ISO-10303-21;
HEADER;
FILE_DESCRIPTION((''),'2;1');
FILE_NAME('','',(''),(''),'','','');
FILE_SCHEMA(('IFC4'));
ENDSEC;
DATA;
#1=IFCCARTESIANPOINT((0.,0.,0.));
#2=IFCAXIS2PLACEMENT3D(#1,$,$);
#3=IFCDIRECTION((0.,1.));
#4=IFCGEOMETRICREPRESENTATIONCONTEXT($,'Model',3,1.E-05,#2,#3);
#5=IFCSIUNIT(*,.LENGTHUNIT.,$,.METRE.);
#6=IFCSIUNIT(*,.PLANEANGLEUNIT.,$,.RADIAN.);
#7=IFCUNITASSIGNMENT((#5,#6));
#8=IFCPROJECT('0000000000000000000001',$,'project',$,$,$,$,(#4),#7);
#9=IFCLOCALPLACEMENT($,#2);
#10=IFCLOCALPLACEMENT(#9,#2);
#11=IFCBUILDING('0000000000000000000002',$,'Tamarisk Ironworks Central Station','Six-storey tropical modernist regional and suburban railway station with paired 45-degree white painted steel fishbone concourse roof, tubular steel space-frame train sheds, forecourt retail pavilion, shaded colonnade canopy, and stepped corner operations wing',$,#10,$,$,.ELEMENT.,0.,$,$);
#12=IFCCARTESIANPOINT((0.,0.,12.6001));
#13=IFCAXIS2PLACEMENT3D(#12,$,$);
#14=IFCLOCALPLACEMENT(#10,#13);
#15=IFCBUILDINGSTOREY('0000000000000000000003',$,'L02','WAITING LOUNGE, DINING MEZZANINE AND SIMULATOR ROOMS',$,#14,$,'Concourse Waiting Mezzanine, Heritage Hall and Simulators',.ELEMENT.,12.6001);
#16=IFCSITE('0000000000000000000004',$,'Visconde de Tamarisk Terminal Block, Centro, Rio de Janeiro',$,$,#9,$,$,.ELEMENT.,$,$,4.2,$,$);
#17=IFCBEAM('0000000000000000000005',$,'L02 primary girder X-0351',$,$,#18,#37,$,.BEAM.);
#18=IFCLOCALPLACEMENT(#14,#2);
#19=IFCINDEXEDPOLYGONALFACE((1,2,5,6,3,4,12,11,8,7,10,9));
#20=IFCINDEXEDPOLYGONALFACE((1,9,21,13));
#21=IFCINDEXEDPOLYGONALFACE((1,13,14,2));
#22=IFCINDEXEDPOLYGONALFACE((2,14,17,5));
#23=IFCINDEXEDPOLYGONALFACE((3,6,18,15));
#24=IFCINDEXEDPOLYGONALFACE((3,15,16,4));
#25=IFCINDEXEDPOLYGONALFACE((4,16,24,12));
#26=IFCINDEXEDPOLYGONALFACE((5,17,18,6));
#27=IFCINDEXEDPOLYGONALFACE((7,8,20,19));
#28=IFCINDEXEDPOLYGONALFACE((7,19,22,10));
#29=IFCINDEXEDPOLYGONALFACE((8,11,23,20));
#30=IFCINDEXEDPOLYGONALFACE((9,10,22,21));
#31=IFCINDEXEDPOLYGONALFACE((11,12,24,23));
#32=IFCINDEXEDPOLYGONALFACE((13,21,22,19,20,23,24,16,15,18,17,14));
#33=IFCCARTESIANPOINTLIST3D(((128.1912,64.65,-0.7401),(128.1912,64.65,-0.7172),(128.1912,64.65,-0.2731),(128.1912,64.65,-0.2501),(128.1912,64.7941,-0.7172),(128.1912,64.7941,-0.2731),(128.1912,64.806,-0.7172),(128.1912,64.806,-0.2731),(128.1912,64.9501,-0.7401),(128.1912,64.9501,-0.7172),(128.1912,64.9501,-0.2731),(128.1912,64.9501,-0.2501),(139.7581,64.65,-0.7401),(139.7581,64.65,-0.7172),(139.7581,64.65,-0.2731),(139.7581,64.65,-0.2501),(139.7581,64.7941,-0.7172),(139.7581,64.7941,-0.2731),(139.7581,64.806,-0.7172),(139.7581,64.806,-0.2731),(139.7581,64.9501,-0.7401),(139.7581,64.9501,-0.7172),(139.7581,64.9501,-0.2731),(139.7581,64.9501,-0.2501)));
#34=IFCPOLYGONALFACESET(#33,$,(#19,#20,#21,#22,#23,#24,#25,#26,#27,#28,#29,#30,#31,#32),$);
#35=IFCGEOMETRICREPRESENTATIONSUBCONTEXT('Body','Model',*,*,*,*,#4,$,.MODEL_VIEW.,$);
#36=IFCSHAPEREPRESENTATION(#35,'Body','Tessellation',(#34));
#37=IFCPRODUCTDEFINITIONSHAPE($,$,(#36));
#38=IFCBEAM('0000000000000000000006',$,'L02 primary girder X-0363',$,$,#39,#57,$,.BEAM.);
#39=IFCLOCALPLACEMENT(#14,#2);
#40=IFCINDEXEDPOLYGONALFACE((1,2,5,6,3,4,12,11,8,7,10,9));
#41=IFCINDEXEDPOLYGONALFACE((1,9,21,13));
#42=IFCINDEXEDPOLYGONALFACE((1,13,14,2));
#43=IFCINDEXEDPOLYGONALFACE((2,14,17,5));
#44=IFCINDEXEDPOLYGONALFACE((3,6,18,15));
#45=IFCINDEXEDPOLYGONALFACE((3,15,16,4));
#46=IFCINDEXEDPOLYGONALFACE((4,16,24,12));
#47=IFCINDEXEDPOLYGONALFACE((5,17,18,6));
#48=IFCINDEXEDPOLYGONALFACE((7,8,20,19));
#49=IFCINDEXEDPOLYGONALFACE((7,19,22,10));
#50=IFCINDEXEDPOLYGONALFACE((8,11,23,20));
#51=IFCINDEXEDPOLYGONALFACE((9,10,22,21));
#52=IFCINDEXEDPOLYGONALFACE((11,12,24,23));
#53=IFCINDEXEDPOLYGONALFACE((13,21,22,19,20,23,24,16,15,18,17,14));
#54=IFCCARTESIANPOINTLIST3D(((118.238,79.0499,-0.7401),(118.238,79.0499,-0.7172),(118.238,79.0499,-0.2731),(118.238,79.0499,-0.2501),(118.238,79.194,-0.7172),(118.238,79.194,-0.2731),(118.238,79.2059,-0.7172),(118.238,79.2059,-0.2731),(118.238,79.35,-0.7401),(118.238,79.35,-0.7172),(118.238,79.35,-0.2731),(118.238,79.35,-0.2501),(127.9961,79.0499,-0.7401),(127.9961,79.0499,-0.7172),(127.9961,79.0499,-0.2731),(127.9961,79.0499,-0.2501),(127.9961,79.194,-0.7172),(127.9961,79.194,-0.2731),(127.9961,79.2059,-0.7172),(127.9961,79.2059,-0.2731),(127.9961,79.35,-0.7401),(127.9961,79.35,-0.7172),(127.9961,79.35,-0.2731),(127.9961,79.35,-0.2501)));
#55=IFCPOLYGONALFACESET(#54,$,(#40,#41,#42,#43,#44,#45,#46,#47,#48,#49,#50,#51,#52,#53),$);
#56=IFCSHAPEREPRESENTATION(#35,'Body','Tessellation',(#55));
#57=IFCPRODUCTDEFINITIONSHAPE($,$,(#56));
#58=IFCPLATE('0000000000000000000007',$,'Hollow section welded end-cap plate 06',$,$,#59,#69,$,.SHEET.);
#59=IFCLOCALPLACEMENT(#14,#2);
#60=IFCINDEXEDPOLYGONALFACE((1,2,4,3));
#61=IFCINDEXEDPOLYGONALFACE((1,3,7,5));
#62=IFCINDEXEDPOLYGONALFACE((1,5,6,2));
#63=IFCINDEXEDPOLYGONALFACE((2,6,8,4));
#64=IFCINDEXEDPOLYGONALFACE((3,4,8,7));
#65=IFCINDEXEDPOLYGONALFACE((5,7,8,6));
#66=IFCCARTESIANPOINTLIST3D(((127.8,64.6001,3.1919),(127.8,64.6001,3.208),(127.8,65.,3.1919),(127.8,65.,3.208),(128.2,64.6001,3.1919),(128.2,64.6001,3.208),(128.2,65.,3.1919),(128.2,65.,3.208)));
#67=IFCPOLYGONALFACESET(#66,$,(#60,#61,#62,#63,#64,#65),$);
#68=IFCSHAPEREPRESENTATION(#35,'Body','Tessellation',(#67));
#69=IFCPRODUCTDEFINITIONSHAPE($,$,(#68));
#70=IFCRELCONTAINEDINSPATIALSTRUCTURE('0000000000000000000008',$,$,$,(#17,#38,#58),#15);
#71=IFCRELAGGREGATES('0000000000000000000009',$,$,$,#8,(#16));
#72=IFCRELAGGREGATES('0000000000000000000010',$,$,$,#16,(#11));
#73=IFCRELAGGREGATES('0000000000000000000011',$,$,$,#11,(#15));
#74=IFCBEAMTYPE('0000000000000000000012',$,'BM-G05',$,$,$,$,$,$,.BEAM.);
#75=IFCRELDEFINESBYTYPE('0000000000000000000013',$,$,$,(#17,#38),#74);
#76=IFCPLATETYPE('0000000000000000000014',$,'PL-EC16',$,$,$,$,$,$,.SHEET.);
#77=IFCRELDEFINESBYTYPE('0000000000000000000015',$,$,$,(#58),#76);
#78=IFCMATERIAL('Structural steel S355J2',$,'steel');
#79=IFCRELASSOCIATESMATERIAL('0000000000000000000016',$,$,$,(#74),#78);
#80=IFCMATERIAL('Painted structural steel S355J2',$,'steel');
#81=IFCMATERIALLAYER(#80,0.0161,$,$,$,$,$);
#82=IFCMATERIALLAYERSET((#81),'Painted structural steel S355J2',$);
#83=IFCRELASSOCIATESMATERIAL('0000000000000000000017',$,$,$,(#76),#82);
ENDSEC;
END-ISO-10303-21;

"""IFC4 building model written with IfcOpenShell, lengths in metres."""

from ifc_helpers import new_model, si_unit, direction, frame, origin, origin_2d, place, context, subcontext, project, spatial, rectangle, i_section, extrude, material, layer, layer_set, material_profile, profile_set, type_object, element, save


model = new_model("IFC4")

# Units and contexts
model_context = context("Model", 3, precision=1e-05, world=origin(), true_north=direction((0.0, 1.0)))
body_context = subcontext(model_context, "Body", "Model", "MODEL_VIEW")
ifc_project = project(units=[si_unit("LENGTHUNIT", "METRE"), si_unit("PLANEANGLEUNIT", "RADIAN")], contexts=[model_context])

# Site, building, storey
site_placement = place(None, origin())
site = spatial("IfcSite", under=ifc_project, at=site_placement, Name="Visconde de Tamarisk Terminal Block, Centro, Rio de Janeiro", CompositionType="ELEMENT", RefElevation=4.2)
building_placement = place(site_placement, origin())
building = spatial("IfcBuilding", under=site, at=building_placement, Name="Tamarisk Ironworks Central Station", Description="Six-storey tropical modernist regional and suburban railway station with paired 45-degree white painted steel fishbone concourse roof, tubular steel space-frame train sheds, forecourt retail pavilion, shaded colonnade canopy, and stepped corner operations wing", CompositionType="ELEMENT", ElevationOfRefHeight=0.0)
storey_placement = place(building_placement, frame((0.0, 0.0, 12.6001)))
storey = spatial("IfcBuildingStorey", under=building, at=storey_placement, Name="L02", Description="WAITING LOUNGE, DINING MEZZANINE AND SIMULATOR ROOMS", LongName="Concourse Waiting Mezzanine, Heritage Hall and Simulators", CompositionType="ELEMENT", Elevation=12.6001)

# Shared definitions
ifc_material_1 = material(Name="Structural steel S355J2", Category="steel")
ifc_material_2 = material(Name="Painted structural steel S355J2", Category="steel")

# Beams
ifc_material_profile_1 = material_profile(ifc_material_1, i_section(OverallWidth=0.3, OverallDepth=0.49, WebThickness=0.012, FlangeThickness=0.0229, at=origin_2d()), Name="HEA 500")
ifc_profile_set_1 = profile_set([ifc_material_profile_1], Name="Structural steel S355J2")
beam_type_1 = type_object("IfcBeamType", Name="BM-G05", PredefinedType="BEAM", material=ifc_profile_set_1)
beam_1_placement = place(storey_placement, frame((128.1912, 64.8, -0.4951), z_axis=(1.0, 0.0, 0.0), x_axis=(0.0, 1.0, 0.0)))
element("IfcBeam", 1, at=beam_1_placement, inside=storey, type_object=beam_type_1, Name="L02 primary girder X-0351", PredefinedType="BEAM", context=body_context, shape_type="SweptSolid", body=[
    extrude(i_section(OverallWidth=0.3, OverallDepth=0.49, WebThickness=0.012, FlangeThickness=0.0229, at=origin_2d()), origin(), (0.0, 0.0, 1.0), 11.5669),
])
beam_2_placement = place(storey_placement, frame((118.238, 79.2, -0.4951), z_axis=(1.0, 0.0, 0.0), x_axis=(0.0, 1.0, 0.0)))
element("IfcBeam", 2, at=beam_2_placement, inside=storey, type_object=beam_type_1, Name="L02 primary girder X-0363", PredefinedType="BEAM", context=body_context, shape_type="SweptSolid", body=[
    extrude(i_section(OverallWidth=0.3, OverallDepth=0.49, WebThickness=0.012, FlangeThickness=0.0229, at=origin_2d()), origin(), (0.0, 0.0, 1.0), 9.7581),
])

# Plate
ifc_layer = layer(ifc_material_2, 0.0161)
ifc_layer_set = layer_set([ifc_layer], Name="Painted structural steel S355J2")
plate_type = type_object("IfcPlateType", Name="PL-EC16", PredefinedType="SHEET", material=ifc_layer_set)
plate_placement = place(storey_placement, frame((128.0, 64.8, 3.1919), z_axis=(0.0, 0.0, 1.0), x_axis=(1.0, 0.0, 0.0)))
element("IfcPlate", 3, at=plate_placement, inside=storey, type_object=plate_type, Name="Hollow section welded end-cap plate 06", PredefinedType="SHEET", context=body_context, shape_type="SweptSolid", body=[
    extrude(rectangle(XDim=0.3999, YDim=0.3999, at=origin_2d()), origin(), (0.0, 0.0, 1.0), 0.0161),
])

save(model, "model.ifc")
